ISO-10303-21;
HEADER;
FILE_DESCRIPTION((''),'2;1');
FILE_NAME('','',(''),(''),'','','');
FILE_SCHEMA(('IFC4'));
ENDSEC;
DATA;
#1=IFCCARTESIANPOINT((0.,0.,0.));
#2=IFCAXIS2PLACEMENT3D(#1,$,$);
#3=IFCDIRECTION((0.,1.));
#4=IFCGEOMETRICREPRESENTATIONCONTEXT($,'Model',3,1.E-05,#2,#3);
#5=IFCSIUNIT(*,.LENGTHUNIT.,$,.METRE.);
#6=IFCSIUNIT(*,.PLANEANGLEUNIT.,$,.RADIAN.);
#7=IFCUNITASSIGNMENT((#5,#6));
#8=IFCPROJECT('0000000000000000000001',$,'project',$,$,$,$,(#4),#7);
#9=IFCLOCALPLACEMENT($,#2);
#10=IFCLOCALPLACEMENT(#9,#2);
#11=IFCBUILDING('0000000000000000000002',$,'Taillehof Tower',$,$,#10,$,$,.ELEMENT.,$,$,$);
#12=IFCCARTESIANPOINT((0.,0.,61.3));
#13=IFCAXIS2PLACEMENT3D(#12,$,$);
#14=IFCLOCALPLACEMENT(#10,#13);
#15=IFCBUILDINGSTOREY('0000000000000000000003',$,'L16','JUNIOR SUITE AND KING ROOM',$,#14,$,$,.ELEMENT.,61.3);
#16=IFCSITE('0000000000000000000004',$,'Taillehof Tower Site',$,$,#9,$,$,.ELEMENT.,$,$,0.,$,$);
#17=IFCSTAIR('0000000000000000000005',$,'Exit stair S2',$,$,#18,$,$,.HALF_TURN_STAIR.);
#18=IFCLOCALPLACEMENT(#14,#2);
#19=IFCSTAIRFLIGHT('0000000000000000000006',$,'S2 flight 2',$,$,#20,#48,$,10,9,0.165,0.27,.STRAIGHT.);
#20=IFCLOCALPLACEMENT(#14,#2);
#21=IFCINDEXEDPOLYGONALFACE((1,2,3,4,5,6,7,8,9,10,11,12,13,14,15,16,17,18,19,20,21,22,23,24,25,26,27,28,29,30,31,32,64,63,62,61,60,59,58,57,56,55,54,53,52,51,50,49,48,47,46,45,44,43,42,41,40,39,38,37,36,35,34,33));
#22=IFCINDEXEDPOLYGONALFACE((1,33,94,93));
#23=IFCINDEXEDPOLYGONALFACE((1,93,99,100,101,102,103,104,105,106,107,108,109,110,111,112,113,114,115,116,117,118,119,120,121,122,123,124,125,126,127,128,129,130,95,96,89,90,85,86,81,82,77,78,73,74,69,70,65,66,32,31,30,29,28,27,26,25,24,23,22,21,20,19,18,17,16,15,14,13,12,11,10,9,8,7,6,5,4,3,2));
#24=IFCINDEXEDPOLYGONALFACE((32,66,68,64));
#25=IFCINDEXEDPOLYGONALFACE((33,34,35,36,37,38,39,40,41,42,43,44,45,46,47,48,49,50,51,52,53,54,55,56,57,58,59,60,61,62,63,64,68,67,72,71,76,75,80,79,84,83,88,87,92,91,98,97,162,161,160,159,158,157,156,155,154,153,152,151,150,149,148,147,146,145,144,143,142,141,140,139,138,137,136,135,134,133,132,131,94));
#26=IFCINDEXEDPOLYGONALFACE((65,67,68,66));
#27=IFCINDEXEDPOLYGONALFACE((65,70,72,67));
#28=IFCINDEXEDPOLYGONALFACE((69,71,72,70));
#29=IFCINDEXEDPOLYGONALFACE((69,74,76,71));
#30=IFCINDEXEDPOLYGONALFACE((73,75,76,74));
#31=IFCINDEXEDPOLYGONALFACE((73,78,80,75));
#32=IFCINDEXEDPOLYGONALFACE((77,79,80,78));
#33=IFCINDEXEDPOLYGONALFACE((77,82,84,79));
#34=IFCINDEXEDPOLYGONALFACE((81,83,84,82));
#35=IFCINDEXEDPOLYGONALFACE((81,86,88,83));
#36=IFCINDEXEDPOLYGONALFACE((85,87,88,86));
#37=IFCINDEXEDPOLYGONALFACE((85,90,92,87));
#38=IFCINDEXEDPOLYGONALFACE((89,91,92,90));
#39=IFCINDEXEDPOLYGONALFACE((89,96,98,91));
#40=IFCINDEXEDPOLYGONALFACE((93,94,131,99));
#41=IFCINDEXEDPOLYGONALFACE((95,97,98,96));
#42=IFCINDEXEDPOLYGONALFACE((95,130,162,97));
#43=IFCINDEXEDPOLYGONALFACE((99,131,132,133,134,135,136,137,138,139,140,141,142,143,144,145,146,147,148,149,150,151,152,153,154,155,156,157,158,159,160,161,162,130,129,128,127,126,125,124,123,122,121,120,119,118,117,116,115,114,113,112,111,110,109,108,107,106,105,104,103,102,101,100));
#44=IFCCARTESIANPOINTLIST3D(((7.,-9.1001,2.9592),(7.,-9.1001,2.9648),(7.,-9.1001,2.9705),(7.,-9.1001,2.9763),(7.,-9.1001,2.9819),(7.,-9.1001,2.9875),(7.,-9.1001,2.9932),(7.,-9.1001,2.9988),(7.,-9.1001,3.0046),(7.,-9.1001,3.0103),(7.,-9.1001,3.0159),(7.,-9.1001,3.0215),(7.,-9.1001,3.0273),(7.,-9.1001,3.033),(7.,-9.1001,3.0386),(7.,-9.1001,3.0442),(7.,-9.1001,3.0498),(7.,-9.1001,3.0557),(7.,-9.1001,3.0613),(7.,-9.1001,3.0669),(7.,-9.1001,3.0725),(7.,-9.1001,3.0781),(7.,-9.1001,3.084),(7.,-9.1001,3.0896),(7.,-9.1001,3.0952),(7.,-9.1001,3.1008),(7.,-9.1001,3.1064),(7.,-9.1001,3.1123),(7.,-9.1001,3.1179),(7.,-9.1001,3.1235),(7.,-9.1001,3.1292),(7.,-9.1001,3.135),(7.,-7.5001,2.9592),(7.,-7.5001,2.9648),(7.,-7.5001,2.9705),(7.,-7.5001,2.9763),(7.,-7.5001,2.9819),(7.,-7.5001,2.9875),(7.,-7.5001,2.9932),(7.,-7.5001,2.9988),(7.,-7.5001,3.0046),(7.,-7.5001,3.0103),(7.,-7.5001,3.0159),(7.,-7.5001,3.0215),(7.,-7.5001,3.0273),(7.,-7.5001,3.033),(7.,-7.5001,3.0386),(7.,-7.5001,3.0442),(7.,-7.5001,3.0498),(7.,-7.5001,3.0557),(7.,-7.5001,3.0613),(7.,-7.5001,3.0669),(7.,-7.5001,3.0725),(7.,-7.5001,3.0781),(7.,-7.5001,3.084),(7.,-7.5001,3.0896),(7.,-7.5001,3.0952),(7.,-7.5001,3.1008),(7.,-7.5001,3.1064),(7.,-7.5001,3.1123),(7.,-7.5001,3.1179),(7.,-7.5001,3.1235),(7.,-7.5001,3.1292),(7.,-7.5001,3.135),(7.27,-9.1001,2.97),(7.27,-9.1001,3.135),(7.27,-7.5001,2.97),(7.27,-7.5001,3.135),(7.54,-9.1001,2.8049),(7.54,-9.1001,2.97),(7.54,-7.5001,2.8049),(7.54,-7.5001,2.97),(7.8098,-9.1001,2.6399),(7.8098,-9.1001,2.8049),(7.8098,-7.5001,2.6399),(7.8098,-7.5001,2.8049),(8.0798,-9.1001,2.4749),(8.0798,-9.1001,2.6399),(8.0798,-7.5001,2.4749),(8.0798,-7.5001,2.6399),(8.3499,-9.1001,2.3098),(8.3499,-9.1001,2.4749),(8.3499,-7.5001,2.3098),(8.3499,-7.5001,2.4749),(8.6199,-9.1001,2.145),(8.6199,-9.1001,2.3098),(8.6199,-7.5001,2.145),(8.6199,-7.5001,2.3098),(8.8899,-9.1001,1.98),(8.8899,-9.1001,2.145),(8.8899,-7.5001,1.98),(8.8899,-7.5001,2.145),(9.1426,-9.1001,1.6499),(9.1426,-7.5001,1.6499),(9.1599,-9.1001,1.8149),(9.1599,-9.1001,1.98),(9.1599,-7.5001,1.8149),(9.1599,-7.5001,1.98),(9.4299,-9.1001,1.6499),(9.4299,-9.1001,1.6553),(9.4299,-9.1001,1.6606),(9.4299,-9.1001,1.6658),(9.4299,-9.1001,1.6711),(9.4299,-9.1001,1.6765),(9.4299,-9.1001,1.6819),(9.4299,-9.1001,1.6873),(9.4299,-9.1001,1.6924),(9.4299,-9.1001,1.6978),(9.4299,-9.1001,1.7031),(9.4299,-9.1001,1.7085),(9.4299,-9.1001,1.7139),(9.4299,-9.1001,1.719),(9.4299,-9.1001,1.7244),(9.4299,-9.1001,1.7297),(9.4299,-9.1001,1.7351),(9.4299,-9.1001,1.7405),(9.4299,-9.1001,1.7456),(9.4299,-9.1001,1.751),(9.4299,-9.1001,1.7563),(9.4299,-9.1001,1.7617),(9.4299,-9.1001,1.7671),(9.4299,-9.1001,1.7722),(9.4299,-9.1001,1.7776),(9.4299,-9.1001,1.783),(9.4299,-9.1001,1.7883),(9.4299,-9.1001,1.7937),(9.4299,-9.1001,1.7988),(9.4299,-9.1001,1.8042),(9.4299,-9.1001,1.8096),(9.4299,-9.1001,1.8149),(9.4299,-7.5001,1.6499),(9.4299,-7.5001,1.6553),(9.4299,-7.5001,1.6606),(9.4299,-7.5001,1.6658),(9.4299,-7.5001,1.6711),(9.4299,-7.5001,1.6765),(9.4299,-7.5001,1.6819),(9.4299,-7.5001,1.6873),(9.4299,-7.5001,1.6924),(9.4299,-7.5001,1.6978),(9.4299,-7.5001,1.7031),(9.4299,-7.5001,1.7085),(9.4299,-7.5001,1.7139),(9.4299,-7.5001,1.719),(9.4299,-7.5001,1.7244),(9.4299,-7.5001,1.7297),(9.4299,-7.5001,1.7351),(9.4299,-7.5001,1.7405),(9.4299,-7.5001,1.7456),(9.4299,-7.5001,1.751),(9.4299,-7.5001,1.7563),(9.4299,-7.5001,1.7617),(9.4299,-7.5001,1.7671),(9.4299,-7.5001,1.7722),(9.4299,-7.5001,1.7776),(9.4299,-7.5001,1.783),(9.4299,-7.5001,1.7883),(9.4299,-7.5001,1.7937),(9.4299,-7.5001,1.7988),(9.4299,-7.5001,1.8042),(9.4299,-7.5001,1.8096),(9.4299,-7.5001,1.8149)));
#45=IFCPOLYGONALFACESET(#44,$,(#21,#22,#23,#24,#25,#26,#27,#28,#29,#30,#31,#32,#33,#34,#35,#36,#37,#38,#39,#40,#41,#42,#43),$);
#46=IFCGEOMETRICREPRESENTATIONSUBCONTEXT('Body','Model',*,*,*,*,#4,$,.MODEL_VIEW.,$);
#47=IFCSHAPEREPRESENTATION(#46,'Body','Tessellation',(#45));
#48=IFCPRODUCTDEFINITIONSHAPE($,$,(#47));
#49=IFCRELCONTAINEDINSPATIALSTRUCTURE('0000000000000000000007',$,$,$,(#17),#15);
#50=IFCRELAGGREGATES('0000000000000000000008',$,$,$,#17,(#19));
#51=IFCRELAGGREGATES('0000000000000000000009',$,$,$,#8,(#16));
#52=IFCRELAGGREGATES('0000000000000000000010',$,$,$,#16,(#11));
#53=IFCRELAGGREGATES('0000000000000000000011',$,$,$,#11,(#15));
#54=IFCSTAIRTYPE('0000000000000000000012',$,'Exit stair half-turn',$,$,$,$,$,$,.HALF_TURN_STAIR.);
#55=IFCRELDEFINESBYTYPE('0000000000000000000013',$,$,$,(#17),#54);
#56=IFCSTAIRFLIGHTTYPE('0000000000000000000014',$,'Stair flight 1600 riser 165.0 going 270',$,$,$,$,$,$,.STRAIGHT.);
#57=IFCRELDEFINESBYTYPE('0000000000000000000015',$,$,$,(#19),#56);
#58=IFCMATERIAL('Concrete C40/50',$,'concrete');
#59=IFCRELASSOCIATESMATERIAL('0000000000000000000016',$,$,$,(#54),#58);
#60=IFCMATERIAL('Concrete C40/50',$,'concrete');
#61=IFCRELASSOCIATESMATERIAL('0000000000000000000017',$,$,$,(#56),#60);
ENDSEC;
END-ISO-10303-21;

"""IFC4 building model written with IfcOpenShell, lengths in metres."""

from ifc_helpers import new_model, si_unit, direction, frame, origin, place, context, subcontext, project, spatial, polyline, outline, extrude, material, type_object, element, aggregate, save


model = new_model("IFC4")

# Units and contexts
model_context = context("Model", 3, precision=1e-05, world=origin(), true_north=direction((0.0, 1.0)))
body_context = subcontext(model_context, "Body", "Model", "MODEL_VIEW")
ifc_project = project(units=[si_unit("LENGTHUNIT", "METRE"), si_unit("PLANEANGLEUNIT", "RADIAN")], contexts=[model_context])

# Site, building, storey
site_placement = place(None, origin())
site = spatial("IfcSite", under=ifc_project, at=site_placement, Name="Taillehof Tower Site", CompositionType="ELEMENT", RefElevation=0.0)
building_placement = place(site_placement, origin())
building = spatial("IfcBuilding", under=site, at=building_placement, Name="Taillehof Tower", CompositionType="ELEMENT")
storey_placement = place(building_placement, frame((0.0, 0.0, 61.3)))
storey = spatial("IfcBuildingStorey", under=building, at=storey_placement, Name="L16", Description="JUNIOR SUITE AND KING ROOM", CompositionType="ELEMENT", Elevation=61.3)

# Stair, stair flight
ifc_material_1 = material(Name="Concrete C40/50", Category="concrete")
stair_type = type_object("IfcStairType", Name="Exit stair half-turn", PredefinedType="HALF_TURN_STAIR", material=ifc_material_1)
stair_placement = place(storey_placement, origin())
stair = element("IfcStair", 1, at=stair_placement, inside=storey, type_object=stair_type, Name="Exit stair S2", PredefinedType="HALF_TURN_STAIR")
ifc_material_2 = material(Name="Concrete C40/50", Category="concrete")
stair_flight_type = type_object("IfcStairFlightType", Name="Stair flight 1600 riser 165.0 going 270", PredefinedType="STRAIGHT", material=ifc_material_2)
stair_flight_placement = place(storey_placement, frame((9.4299, -8.3, 1.6499), z_axis=(0.0, 0.0, 1.0), x_axis=(-1.0, 0.0, 0.0)))
stair_flight = element("IfcStairFlight", 2, at=stair_flight_placement, type_object=stair_flight_type, Name="S2 flight 2", NumberOfRisers=10, NumberOfTreads=9, PredefinedType="STRAIGHT", RiserHeight=0.165, TreadLength=0.27, context=body_context, shape_type="SweptSolid", body=[
    extrude(outline(polyline([(0.0, 0.0), (0.0, 0.0054), (0.0, 0.0107), (0.0, 0.0159), (0.0, 0.0212), (0.0, 0.0266), (0.0, 0.032), (0.0, 0.0374), (0.0, 0.0425), (0.0, 0.0479), (0.0, 0.0532), (0.0, 0.0586), (0.0, 0.064), (0.0, 0.0691), (0.0, 0.0745), (0.0, 0.0798), (0.0, 0.0852), (0.0, 0.0906), (0.0, 0.0957), (0.0, 0.1011), (0.0, 0.1064), (0.0, 0.1118), (0.0, 0.1172), (0.0, 0.1223), (0.0, 0.1277), (0.0, 0.1331), (0.0, 0.1384), (0.0, 0.1438), (0.0, 0.1489), (0.0, 0.1543), (0.0, 0.1597), (0.0, 0.165), (0.27, 0.165), (0.27, 0.3301), (0.54, 0.3301), (0.54, 0.4951), (0.8101, 0.4951), (0.8101, 0.6599), (1.0801, 0.6599), (1.0801, 0.825), (1.3501, 0.825), (1.3501, 0.99), (1.6201, 0.99), (1.6201, 1.155), (1.8899, 1.155), (1.8899, 1.3201), (2.1599, 1.3201), (2.1599, 1.4851), (2.4299, 1.4851), (2.4299, 1.4792), (2.4299, 1.4736), (2.4299, 1.468), (2.4299, 1.4624), (2.4299, 1.4565), (2.4299, 1.4509), (2.4299, 1.4453), (2.4299, 1.4397), (2.4299, 1.4341), (2.4299, 1.4282), (2.4299, 1.4226), (2.4299, 1.417), (2.4299, 1.4114), (2.4299, 1.4058), (2.4299, 1.3999), (2.4299, 1.3943), (2.4299, 1.3887), (2.4299, 1.3831), (2.4299, 1.3774), (2.4299, 1.3716), (2.4299, 1.366), (2.4299, 1.3604), (2.4299, 1.3547), (2.4299, 1.3489), (2.4299, 1.3433), (2.4299, 1.3376), (2.4299, 1.332), (2.4299, 1.3264), (2.4299, 1.3206), (2.4299, 1.3149), (2.4299, 1.3093), (0.2874, 0.0), (0.0, 0.0)])), frame((0.0, 0.8, 0.0), z_axis=(0.0, -1.0, 0.0), x_axis=(1.0, 0.0, 0.0)), (0.0, 0.0, 1.0), 1.6),
])
aggregate(stair, [stair_flight])

save(model, "model.ifc")
